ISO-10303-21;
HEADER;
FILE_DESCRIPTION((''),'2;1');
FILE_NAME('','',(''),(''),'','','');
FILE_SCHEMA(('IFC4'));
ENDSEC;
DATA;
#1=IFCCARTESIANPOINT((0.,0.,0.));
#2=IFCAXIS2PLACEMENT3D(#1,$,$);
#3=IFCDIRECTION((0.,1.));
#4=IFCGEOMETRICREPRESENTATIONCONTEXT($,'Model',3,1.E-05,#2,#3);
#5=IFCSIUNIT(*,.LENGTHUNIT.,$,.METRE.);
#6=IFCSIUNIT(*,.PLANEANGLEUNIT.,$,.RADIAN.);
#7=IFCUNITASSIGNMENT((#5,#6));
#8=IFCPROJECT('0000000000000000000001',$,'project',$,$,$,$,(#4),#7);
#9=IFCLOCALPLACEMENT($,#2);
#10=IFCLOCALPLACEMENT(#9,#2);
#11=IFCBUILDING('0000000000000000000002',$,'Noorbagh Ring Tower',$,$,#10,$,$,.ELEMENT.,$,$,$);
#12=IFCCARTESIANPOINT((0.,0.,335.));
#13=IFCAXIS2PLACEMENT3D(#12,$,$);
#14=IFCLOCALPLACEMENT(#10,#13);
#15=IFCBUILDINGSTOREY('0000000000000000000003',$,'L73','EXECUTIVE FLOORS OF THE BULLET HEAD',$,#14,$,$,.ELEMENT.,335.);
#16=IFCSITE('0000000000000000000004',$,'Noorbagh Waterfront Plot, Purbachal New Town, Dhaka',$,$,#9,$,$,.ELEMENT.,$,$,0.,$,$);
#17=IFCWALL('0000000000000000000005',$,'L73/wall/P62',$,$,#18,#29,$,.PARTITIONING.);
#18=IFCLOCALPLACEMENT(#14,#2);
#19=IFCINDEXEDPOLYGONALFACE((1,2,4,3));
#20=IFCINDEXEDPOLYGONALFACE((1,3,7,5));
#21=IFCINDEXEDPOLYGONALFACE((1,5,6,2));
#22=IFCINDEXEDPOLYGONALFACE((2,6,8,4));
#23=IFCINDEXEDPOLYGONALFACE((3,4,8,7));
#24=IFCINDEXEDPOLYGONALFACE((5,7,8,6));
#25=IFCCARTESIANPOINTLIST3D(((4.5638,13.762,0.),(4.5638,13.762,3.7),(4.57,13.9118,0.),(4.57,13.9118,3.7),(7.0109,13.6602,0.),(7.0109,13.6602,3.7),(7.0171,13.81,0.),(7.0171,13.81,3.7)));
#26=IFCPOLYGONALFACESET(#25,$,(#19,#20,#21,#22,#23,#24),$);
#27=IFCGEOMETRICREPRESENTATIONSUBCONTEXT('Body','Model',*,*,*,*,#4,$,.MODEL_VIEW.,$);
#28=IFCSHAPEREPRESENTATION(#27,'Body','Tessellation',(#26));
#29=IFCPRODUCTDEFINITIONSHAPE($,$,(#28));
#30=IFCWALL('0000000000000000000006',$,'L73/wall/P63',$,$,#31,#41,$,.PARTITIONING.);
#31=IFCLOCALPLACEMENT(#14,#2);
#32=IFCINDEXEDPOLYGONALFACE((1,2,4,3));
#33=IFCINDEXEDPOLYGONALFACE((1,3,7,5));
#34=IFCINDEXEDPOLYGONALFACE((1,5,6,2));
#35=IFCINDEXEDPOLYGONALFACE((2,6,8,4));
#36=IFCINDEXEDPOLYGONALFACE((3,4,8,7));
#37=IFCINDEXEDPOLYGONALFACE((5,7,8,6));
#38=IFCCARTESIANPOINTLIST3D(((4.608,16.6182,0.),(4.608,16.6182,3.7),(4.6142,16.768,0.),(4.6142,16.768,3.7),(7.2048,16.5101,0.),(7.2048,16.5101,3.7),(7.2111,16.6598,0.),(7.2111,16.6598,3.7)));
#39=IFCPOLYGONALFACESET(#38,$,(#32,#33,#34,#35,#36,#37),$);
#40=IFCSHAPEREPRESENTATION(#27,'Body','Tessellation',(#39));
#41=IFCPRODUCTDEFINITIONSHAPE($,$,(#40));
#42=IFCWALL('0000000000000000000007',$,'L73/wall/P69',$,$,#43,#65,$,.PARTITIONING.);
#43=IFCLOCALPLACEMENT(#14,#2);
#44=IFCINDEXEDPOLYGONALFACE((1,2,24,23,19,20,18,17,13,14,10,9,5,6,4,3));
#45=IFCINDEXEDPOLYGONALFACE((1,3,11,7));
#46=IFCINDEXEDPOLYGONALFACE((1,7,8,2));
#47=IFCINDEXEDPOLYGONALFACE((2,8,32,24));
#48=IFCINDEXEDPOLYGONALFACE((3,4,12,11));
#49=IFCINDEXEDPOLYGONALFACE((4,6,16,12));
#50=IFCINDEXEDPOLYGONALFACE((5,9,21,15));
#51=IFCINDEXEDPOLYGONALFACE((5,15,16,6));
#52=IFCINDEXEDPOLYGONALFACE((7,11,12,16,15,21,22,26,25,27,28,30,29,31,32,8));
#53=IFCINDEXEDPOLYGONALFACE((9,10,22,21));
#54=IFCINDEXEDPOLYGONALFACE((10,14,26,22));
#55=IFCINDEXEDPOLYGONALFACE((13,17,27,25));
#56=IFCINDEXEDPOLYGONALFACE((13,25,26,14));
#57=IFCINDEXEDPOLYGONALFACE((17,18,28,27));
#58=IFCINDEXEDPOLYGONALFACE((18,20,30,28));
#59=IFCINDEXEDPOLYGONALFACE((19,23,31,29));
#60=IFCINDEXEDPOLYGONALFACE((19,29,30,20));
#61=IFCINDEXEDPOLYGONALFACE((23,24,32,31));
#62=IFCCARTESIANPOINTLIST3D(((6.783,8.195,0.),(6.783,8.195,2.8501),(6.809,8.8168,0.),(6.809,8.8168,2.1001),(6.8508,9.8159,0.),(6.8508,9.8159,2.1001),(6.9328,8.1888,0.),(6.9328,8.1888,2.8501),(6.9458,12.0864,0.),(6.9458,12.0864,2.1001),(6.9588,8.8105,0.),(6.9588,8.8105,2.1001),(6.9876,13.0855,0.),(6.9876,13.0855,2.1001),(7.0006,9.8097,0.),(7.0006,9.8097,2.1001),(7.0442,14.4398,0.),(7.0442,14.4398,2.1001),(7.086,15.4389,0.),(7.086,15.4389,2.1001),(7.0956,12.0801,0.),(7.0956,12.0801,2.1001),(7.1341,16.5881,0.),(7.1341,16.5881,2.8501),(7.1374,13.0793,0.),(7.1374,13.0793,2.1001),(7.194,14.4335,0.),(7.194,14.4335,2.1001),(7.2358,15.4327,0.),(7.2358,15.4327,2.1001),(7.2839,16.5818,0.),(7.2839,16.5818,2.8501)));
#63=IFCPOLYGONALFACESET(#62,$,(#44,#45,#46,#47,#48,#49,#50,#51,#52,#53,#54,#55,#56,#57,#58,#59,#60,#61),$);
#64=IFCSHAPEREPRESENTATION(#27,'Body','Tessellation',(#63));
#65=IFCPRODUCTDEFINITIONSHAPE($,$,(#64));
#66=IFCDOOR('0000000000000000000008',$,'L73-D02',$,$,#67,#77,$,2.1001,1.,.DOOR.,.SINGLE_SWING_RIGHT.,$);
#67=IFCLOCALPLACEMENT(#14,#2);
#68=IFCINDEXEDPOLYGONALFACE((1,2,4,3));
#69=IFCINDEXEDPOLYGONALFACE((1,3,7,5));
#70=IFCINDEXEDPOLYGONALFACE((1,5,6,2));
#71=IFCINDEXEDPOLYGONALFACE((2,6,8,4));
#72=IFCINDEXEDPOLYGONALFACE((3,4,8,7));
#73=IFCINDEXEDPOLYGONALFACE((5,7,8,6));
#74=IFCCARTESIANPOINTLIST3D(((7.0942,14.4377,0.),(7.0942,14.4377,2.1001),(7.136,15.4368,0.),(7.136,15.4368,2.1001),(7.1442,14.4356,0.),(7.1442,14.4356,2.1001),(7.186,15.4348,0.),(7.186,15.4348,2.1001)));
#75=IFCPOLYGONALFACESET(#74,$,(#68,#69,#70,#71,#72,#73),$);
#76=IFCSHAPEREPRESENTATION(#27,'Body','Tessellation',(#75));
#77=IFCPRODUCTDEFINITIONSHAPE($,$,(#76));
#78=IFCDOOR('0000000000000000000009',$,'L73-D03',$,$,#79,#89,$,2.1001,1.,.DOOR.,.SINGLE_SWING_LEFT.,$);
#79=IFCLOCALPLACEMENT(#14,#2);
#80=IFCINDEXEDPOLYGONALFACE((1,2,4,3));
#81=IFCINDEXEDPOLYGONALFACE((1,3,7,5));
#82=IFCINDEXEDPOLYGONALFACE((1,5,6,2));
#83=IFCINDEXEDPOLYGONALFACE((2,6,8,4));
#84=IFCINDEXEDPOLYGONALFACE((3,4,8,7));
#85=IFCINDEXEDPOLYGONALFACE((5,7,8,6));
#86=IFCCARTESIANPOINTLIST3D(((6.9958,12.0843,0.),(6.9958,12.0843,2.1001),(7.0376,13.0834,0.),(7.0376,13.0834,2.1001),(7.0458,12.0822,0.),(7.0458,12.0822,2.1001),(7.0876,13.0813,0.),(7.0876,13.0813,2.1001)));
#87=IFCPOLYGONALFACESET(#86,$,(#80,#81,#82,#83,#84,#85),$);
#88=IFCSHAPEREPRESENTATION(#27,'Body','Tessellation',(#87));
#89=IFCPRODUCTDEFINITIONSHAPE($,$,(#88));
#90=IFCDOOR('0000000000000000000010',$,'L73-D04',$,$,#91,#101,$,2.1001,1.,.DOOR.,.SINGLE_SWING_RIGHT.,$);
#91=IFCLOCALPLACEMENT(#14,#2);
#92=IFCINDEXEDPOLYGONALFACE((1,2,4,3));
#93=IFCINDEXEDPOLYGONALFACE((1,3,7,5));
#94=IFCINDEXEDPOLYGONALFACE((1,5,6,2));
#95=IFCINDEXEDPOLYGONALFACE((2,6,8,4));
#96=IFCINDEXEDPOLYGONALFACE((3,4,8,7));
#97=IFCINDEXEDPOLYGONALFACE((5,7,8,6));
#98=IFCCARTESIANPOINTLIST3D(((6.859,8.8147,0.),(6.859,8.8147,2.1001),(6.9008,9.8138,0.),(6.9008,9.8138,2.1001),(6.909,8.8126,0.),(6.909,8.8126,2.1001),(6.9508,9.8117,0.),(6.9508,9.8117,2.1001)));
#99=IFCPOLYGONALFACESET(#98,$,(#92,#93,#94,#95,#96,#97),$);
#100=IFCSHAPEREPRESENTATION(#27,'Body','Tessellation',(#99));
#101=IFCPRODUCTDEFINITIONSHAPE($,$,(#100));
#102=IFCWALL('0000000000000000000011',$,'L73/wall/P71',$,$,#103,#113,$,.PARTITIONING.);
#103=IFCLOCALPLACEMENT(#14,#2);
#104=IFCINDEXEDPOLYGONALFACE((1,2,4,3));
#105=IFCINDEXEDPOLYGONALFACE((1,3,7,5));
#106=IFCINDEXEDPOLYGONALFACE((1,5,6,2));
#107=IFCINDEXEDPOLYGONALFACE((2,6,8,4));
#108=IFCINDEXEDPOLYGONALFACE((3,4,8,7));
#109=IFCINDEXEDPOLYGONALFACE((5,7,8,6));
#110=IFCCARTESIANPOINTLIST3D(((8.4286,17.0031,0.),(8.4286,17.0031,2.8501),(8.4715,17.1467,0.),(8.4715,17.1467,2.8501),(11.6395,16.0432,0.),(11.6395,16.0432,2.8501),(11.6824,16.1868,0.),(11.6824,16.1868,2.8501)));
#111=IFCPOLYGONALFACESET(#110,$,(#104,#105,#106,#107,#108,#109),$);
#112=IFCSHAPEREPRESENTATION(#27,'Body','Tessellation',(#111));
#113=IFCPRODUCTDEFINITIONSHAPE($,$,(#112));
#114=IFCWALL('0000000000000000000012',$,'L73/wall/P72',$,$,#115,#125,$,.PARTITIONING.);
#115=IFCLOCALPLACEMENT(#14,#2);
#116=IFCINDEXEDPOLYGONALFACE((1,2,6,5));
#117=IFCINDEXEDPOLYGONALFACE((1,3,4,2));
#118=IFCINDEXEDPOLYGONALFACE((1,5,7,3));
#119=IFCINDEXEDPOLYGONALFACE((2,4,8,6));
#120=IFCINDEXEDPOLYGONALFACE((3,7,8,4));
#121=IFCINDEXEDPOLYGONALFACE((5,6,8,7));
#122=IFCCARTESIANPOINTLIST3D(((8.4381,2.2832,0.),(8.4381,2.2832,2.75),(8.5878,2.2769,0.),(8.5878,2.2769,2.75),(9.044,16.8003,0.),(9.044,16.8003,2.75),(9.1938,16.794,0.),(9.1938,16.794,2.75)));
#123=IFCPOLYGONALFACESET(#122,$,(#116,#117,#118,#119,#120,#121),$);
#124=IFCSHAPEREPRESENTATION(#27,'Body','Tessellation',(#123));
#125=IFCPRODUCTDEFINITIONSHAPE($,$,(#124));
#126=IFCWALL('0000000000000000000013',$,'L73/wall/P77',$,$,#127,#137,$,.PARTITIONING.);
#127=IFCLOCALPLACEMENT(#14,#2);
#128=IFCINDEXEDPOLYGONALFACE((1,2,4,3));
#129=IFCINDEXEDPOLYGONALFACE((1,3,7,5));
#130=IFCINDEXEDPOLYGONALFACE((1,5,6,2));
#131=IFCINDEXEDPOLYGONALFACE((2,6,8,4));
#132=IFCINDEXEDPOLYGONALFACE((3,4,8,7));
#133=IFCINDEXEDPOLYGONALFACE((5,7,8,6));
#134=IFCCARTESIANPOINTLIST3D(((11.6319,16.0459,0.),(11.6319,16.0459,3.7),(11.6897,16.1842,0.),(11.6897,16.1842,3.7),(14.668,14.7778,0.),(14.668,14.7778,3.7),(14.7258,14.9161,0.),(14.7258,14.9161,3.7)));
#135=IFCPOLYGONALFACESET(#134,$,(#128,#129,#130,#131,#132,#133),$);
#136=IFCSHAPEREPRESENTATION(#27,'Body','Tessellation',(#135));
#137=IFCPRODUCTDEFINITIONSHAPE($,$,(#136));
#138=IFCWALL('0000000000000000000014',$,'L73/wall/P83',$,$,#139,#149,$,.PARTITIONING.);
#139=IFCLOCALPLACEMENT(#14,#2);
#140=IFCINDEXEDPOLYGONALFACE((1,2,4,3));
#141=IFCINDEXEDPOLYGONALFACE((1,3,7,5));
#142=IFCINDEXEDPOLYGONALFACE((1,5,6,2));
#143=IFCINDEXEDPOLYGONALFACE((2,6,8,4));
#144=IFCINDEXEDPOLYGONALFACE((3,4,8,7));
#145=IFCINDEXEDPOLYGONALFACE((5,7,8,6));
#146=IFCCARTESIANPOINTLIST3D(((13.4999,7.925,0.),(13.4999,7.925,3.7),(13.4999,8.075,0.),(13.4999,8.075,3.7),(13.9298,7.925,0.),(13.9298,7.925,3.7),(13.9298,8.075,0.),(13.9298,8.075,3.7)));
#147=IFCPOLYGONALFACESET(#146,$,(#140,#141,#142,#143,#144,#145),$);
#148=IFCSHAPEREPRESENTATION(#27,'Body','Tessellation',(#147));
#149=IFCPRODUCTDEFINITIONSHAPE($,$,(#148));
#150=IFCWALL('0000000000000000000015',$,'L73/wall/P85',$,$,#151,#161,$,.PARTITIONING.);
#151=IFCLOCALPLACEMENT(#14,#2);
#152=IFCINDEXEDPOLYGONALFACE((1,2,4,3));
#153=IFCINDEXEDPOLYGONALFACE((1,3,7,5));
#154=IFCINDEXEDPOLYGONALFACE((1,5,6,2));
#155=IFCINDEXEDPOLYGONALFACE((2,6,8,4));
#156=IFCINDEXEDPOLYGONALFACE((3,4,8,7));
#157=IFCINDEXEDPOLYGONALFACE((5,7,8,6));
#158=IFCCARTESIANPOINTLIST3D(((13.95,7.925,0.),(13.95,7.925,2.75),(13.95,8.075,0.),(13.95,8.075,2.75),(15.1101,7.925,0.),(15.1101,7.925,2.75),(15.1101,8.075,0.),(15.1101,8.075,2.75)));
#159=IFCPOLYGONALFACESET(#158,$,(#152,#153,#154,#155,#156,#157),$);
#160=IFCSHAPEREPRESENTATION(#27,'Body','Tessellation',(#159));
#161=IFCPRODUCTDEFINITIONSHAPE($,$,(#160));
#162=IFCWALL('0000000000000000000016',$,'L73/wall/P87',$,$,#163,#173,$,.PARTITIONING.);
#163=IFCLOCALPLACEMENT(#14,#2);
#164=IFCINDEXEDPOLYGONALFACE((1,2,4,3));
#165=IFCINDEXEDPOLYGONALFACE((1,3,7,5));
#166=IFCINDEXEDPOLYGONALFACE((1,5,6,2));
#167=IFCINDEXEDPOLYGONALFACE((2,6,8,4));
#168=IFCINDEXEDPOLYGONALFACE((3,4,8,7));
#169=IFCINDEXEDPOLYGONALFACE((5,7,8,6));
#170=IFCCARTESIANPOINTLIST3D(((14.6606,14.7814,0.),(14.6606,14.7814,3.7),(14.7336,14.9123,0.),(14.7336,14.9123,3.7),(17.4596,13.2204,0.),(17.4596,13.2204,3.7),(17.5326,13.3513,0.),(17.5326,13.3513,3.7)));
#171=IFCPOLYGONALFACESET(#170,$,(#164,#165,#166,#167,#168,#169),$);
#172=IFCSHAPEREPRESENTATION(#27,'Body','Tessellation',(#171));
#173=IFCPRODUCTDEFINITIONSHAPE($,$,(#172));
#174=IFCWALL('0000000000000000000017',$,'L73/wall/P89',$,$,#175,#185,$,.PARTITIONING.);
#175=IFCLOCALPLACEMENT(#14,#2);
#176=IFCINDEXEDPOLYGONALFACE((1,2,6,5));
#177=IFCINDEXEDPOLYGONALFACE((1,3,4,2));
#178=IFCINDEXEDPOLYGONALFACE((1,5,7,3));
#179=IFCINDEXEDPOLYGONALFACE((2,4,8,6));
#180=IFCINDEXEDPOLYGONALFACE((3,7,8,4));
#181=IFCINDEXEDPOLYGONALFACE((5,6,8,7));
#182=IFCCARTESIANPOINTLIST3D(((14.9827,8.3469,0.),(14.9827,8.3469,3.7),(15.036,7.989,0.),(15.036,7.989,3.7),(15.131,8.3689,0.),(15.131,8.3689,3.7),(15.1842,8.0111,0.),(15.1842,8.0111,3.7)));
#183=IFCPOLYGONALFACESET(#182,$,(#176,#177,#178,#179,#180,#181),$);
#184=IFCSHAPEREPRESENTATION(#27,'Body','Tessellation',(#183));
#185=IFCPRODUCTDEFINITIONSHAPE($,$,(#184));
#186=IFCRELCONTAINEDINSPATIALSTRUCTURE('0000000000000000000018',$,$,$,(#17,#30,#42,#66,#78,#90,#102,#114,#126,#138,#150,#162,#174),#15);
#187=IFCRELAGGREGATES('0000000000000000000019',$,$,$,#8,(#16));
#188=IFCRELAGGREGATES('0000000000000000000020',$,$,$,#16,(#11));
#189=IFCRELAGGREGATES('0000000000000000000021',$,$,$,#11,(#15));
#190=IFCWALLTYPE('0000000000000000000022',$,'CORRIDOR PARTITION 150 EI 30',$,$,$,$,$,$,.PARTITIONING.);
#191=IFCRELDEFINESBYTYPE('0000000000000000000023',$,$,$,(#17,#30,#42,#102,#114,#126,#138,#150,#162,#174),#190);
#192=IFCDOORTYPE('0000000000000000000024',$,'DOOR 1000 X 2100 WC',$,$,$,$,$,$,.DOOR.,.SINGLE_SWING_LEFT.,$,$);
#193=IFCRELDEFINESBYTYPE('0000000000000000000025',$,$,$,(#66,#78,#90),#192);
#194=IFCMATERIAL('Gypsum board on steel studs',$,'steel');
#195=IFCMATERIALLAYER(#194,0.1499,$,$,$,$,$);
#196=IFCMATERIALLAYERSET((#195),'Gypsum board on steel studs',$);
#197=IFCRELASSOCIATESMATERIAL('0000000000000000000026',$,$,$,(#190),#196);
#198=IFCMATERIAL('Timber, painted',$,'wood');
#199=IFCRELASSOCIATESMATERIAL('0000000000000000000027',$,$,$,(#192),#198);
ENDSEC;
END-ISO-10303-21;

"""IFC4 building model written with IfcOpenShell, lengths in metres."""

from ifc_helpers import new_model, si_unit, direction, frame, frame_2d, origin, place, context, subcontext, project, spatial, rectangle, extrude, material, layer, layer_set, type_object, element, fill, save


model = new_model("IFC4")

# Units and contexts
model_context = context("Model", 3, precision=1e-05, world=origin(), true_north=direction((0.0, 1.0)))
body_context = subcontext(model_context, "Body", "Model", "MODEL_VIEW")
ifc_project = project(units=[si_unit("LENGTHUNIT", "METRE"), si_unit("PLANEANGLEUNIT", "RADIAN")], contexts=[model_context])

# Site, building, storey
site_placement = place(None, origin())
site = spatial("IfcSite", under=ifc_project, at=site_placement, Name="Noorbagh Waterfront Plot, Purbachal New Town, Dhaka", CompositionType="ELEMENT", RefElevation=0.0)
building_placement = place(site_placement, origin())
building = spatial("IfcBuilding", under=site, at=building_placement, Name="Noorbagh Ring Tower", CompositionType="ELEMENT")
storey_placement = place(building_placement, frame((0.0, 0.0, 335.0)))
storey = spatial("IfcBuildingStorey", under=building, at=storey_placement, Name="L73", Description="EXECUTIVE FLOORS OF THE BULLET HEAD", CompositionType="ELEMENT", Elevation=335.0)

# Walls
ifc_material_1 = material(Name="Gypsum board on steel studs", Category="steel")
ifc_layer_1 = layer(ifc_material_1, 0.1499)
ifc_layer_set_1 = layer_set([ifc_layer_1], Name="Gypsum board on steel studs")
wall_type_1 = type_object("IfcWallType", Name="CORRIDOR PARTITION 150 EI 30", PredefinedType="PARTITIONING", material=ifc_layer_set_1)
wall_1_placement = place(storey_placement, frame((4.5669, 13.8369, 0.0), z_axis=(0.0, 0.0, 1.0), x_axis=(0.999136, -0.041568, 0.0)))
element("IfcWall", 1, at=wall_1_placement, inside=storey, type_object=wall_type_1, Name="L73/wall/P62", PredefinedType="PARTITIONING", context=body_context, shape_type="SweptSolid", body=[
    extrude(rectangle(XDim=2.4492, YDim=0.1499, at=frame_2d((1.2246, 0.0))), origin(), (0.0, 0.0, 1.0), 3.7),
])
wall_2_placement = place(storey_placement, frame((4.6111, 16.6931, 0.0), z_axis=(0.0, 0.0, 1.0), x_axis=(0.999134, -0.041611, 0.0)))
element("IfcWall", 2, at=wall_2_placement, inside=storey, type_object=wall_type_1, Name="L73/wall/P63", PredefinedType="PARTITIONING", context=body_context, shape_type="SweptSolid", body=[
    extrude(rectangle(XDim=2.5991, YDim=0.1499, at=frame_2d((1.2996, 0.0))), origin(), (0.0, 0.0, 1.0), 3.7),
])

# Wall, openings, doors
wall_3_placement = place(storey_placement, frame((6.8579, 8.1919, 0.0), z_axis=(0.0, 0.0, 1.0), x_axis=(0.041793, 0.999126, 0.0)))
wall_3 = element("IfcWall", 3, at=wall_3_placement, inside=storey, type_object=wall_type_1, Name="L73/wall/P69", PredefinedType="PARTITIONING", context=body_context, shape_type="SweptSolid", body=[
    extrude(rectangle(XDim=8.4004, YDim=0.1499, at=frame_2d((4.2002, 0.0))), origin(), (0.0, 0.0, 1.0), 2.8501),
])
opening_1_placement = place(wall_3_placement, frame((6.2502, 0.0, 0.0)))
opening_1 = element("IfcOpeningElement", 4, at=opening_1_placement, cuts=wall_3, PredefinedType="OPENING", context=body_context, shape_type="SweptSolid", body=[
    extrude(rectangle(XDim=1.0, YDim=2.1001, at=frame_2d((0.5, 1.05))), frame((0.0, 0.085, 0.0), z_axis=(0.0, -1.0, 0.0), x_axis=(1.0, 0.0, 0.0)), (0.0, 0.0, 1.0), 0.1699),
])
opening_2_placement = place(wall_3_placement, frame((3.8948, 0.0, 0.0)))
opening_2 = element("IfcOpeningElement", 5, at=opening_2_placement, cuts=wall_3, PredefinedType="OPENING", context=body_context, shape_type="SweptSolid", body=[
    extrude(rectangle(XDim=1.0, YDim=2.1001, at=frame_2d((0.5, 1.05))), frame((0.0, 0.085, 0.0), z_axis=(0.0, -1.0, 0.0), x_axis=(1.0, 0.0, 0.0)), (0.0, 0.0, 1.0), 0.1699),
])
opening_3_placement = place(wall_3_placement, frame((0.6223, 0.0, 0.0)))
opening_3 = element("IfcOpeningElement", 6, at=opening_3_placement, cuts=wall_3, PredefinedType="OPENING", context=body_context, shape_type="SweptSolid", body=[
    extrude(rectangle(XDim=1.0, YDim=2.1001, at=frame_2d((0.5, 1.05))), frame((0.0, 0.085, 0.0), z_axis=(0.0, -1.0, 0.0), x_axis=(1.0, 0.0, 0.0)), (0.0, 0.0, 1.0), 0.1699),
])
ifc_material_2 = material(Name="Timber, painted", Category="wood")
door_type_1 = type_object("IfcDoorType", Name="DOOR 1000 X 2100 WC", OperationType="SINGLE_SWING_LEFT", PredefinedType="DOOR", material=ifc_material_2)
door_1_placement = place(opening_1_placement, origin())
door_1 = element("IfcDoor", 7, at=door_1_placement, inside=storey, type_object=door_type_1, Name="L73-D02", OperationType="SINGLE_SWING_RIGHT", OverallHeight=2.1001, OverallWidth=1.0, PredefinedType="DOOR", context=body_context, shape_type="SweptSolid", body=[
    extrude(rectangle(XDim=1.0, YDim=2.1001, at=frame_2d((0.5, 1.05))), frame((0.0, 0.0249, 0.0), z_axis=(0.0, -1.0, 0.0), x_axis=(1.0, 0.0, 0.0)), (0.0, 0.0, 1.0), 0.05),
])
fill(opening_1, door_1)
door_2_placement = place(opening_2_placement, origin())
door_2 = element("IfcDoor", 8, at=door_2_placement, inside=storey, type_object=door_type_1, Name="L73-D03", OperationType="SINGLE_SWING_LEFT", OverallHeight=2.1001, OverallWidth=1.0, PredefinedType="DOOR", context=body_context, shape_type="SweptSolid", body=[
    extrude(rectangle(XDim=1.0, YDim=2.1001, at=frame_2d((0.5, 1.05))), frame((0.0, 0.0249, 0.0), z_axis=(0.0, -1.0, 0.0), x_axis=(1.0, 0.0, 0.0)), (0.0, 0.0, 1.0), 0.05),
])
fill(opening_2, door_2)
door_3_placement = place(opening_3_placement, origin())
door_3 = element("IfcDoor", 9, at=door_3_placement, inside=storey, type_object=door_type_1, Name="L73-D04", OperationType="SINGLE_SWING_RIGHT", OverallHeight=2.1001, OverallWidth=1.0, PredefinedType="DOOR", context=body_context, shape_type="SweptSolid", body=[
    extrude(rectangle(XDim=1.0, YDim=2.1001, at=frame_2d((0.5, 1.05))), frame((0.0, 0.0249, 0.0), z_axis=(0.0, -1.0, 0.0), x_axis=(1.0, 0.0, 0.0)), (0.0, 0.0, 1.0), 0.05),
])
fill(opening_3, door_3)

# Walls
wall_4_placement = place(storey_placement, frame((8.45, 17.075, 0.0), z_axis=(0.0, 0.0, 1.0), x_axis=(0.958099, -0.286439, 0.0)))
element("IfcWall", 10, at=wall_4_placement, inside=storey, type_object=wall_type_1, Name="L73/wall/P71", PredefinedType="PARTITIONING", context=body_context, shape_type="SweptSolid", body=[
    extrude(rectangle(XDim=3.3513, YDim=0.1499, at=frame_2d((1.6758, 0.0))), origin(), (0.0, 0.0, 1.0), 2.8501),
])
wall_5_placement = place(storey_placement, frame((8.5129, 2.28, 0.0), z_axis=(0.0, 0.0, 1.0), x_axis=(0.041705, 0.99913, 0.0)))
element("IfcWall", 11, at=wall_5_placement, inside=storey, type_object=wall_type_1, Name="L73/wall/P72", PredefinedType="PARTITIONING", context=body_context, shape_type="SweptSolid", body=[
    extrude(rectangle(XDim=14.5298, YDim=0.1499, at=frame_2d((7.2649, 0.0))), origin(), (0.0, 0.0, 1.0), 2.75),
])
wall_6_placement = place(storey_placement, frame((11.6609, 16.115, 0.0), z_axis=(0.0, 0.0, 1.0), x_axis=(0.922752, -0.385395, 0.0)))
element("IfcWall", 12, at=wall_6_placement, inside=storey, type_object=wall_type_1, Name="L73/wall/P77", PredefinedType="PARTITIONING", context=body_context, shape_type="SweptSolid", body=[
    extrude(rectangle(XDim=3.2903, YDim=0.1499, at=frame_2d((1.645, 0.0))), origin(), (0.0, 0.0, 1.0), 3.7),
])
wall_7_placement = place(storey_placement, frame((13.5, 8.0, 0.0), z_axis=(0.0, 0.0, 1.0), x_axis=(1.0, 0.0, 0.0)))
element("IfcWall", 13, at=wall_7_placement, inside=storey, type_object=wall_type_1, Name="L73/wall/P83", PredefinedType="PARTITIONING", context=body_context, shape_type="SweptSolid", body=[
    extrude(rectangle(XDim=0.4299, YDim=0.1499, at=frame_2d((0.2148, 0.0))), origin(), (0.0, 0.0, 1.0), 3.7),
])
wall_8_placement = place(storey_placement, frame((13.95, 8.0, 0.0), z_axis=(0.0, 0.0, 1.0), x_axis=(1.0, 0.0, 0.0)))
element("IfcWall", 14, at=wall_8_placement, inside=storey, type_object=wall_type_1, Name="L73/wall/P85", PredefinedType="PARTITIONING", context=body_context, shape_type="SweptSolid", body=[
    extrude(rectangle(XDim=1.1602, YDim=0.1499, at=frame_2d((0.5801, 0.0))), origin(), (0.0, 0.0, 1.0), 2.75),
])
wall_9_placement = place(storey_placement, frame((14.697, 14.8469, 0.0), z_axis=(0.0, 0.0, 1.0), x_axis=(0.873362, -0.487072, 0.0)))
element("IfcWall", 15, at=wall_9_placement, inside=storey, type_object=wall_type_1, Name="L73/wall/P87", PredefinedType="PARTITIONING", context=body_context, shape_type="SweptSolid", body=[
    extrude(rectangle(XDim=3.2048, YDim=0.1499, at=frame_2d((1.6025, 0.0))), origin(), (0.0, 0.0, 1.0), 3.7),
])
wall_10_placement = place(storey_placement, frame((15.0569, 8.3579, 0.0), z_axis=(0.0, 0.0, 1.0), x_axis=(0.147087, -0.989124, 0.0)))
element("IfcWall", 16, at=wall_10_placement, inside=storey, type_object=wall_type_1, Name="L73/wall/P89", PredefinedType="PARTITIONING", context=body_context, shape_type="SweptSolid", body=[
    extrude(rectangle(XDim=0.3618, YDim=0.1499, at=frame_2d((0.1809, 0.0))), origin(), (0.0, 0.0, 1.0), 3.7),
])

save(model, "model.ifc")
